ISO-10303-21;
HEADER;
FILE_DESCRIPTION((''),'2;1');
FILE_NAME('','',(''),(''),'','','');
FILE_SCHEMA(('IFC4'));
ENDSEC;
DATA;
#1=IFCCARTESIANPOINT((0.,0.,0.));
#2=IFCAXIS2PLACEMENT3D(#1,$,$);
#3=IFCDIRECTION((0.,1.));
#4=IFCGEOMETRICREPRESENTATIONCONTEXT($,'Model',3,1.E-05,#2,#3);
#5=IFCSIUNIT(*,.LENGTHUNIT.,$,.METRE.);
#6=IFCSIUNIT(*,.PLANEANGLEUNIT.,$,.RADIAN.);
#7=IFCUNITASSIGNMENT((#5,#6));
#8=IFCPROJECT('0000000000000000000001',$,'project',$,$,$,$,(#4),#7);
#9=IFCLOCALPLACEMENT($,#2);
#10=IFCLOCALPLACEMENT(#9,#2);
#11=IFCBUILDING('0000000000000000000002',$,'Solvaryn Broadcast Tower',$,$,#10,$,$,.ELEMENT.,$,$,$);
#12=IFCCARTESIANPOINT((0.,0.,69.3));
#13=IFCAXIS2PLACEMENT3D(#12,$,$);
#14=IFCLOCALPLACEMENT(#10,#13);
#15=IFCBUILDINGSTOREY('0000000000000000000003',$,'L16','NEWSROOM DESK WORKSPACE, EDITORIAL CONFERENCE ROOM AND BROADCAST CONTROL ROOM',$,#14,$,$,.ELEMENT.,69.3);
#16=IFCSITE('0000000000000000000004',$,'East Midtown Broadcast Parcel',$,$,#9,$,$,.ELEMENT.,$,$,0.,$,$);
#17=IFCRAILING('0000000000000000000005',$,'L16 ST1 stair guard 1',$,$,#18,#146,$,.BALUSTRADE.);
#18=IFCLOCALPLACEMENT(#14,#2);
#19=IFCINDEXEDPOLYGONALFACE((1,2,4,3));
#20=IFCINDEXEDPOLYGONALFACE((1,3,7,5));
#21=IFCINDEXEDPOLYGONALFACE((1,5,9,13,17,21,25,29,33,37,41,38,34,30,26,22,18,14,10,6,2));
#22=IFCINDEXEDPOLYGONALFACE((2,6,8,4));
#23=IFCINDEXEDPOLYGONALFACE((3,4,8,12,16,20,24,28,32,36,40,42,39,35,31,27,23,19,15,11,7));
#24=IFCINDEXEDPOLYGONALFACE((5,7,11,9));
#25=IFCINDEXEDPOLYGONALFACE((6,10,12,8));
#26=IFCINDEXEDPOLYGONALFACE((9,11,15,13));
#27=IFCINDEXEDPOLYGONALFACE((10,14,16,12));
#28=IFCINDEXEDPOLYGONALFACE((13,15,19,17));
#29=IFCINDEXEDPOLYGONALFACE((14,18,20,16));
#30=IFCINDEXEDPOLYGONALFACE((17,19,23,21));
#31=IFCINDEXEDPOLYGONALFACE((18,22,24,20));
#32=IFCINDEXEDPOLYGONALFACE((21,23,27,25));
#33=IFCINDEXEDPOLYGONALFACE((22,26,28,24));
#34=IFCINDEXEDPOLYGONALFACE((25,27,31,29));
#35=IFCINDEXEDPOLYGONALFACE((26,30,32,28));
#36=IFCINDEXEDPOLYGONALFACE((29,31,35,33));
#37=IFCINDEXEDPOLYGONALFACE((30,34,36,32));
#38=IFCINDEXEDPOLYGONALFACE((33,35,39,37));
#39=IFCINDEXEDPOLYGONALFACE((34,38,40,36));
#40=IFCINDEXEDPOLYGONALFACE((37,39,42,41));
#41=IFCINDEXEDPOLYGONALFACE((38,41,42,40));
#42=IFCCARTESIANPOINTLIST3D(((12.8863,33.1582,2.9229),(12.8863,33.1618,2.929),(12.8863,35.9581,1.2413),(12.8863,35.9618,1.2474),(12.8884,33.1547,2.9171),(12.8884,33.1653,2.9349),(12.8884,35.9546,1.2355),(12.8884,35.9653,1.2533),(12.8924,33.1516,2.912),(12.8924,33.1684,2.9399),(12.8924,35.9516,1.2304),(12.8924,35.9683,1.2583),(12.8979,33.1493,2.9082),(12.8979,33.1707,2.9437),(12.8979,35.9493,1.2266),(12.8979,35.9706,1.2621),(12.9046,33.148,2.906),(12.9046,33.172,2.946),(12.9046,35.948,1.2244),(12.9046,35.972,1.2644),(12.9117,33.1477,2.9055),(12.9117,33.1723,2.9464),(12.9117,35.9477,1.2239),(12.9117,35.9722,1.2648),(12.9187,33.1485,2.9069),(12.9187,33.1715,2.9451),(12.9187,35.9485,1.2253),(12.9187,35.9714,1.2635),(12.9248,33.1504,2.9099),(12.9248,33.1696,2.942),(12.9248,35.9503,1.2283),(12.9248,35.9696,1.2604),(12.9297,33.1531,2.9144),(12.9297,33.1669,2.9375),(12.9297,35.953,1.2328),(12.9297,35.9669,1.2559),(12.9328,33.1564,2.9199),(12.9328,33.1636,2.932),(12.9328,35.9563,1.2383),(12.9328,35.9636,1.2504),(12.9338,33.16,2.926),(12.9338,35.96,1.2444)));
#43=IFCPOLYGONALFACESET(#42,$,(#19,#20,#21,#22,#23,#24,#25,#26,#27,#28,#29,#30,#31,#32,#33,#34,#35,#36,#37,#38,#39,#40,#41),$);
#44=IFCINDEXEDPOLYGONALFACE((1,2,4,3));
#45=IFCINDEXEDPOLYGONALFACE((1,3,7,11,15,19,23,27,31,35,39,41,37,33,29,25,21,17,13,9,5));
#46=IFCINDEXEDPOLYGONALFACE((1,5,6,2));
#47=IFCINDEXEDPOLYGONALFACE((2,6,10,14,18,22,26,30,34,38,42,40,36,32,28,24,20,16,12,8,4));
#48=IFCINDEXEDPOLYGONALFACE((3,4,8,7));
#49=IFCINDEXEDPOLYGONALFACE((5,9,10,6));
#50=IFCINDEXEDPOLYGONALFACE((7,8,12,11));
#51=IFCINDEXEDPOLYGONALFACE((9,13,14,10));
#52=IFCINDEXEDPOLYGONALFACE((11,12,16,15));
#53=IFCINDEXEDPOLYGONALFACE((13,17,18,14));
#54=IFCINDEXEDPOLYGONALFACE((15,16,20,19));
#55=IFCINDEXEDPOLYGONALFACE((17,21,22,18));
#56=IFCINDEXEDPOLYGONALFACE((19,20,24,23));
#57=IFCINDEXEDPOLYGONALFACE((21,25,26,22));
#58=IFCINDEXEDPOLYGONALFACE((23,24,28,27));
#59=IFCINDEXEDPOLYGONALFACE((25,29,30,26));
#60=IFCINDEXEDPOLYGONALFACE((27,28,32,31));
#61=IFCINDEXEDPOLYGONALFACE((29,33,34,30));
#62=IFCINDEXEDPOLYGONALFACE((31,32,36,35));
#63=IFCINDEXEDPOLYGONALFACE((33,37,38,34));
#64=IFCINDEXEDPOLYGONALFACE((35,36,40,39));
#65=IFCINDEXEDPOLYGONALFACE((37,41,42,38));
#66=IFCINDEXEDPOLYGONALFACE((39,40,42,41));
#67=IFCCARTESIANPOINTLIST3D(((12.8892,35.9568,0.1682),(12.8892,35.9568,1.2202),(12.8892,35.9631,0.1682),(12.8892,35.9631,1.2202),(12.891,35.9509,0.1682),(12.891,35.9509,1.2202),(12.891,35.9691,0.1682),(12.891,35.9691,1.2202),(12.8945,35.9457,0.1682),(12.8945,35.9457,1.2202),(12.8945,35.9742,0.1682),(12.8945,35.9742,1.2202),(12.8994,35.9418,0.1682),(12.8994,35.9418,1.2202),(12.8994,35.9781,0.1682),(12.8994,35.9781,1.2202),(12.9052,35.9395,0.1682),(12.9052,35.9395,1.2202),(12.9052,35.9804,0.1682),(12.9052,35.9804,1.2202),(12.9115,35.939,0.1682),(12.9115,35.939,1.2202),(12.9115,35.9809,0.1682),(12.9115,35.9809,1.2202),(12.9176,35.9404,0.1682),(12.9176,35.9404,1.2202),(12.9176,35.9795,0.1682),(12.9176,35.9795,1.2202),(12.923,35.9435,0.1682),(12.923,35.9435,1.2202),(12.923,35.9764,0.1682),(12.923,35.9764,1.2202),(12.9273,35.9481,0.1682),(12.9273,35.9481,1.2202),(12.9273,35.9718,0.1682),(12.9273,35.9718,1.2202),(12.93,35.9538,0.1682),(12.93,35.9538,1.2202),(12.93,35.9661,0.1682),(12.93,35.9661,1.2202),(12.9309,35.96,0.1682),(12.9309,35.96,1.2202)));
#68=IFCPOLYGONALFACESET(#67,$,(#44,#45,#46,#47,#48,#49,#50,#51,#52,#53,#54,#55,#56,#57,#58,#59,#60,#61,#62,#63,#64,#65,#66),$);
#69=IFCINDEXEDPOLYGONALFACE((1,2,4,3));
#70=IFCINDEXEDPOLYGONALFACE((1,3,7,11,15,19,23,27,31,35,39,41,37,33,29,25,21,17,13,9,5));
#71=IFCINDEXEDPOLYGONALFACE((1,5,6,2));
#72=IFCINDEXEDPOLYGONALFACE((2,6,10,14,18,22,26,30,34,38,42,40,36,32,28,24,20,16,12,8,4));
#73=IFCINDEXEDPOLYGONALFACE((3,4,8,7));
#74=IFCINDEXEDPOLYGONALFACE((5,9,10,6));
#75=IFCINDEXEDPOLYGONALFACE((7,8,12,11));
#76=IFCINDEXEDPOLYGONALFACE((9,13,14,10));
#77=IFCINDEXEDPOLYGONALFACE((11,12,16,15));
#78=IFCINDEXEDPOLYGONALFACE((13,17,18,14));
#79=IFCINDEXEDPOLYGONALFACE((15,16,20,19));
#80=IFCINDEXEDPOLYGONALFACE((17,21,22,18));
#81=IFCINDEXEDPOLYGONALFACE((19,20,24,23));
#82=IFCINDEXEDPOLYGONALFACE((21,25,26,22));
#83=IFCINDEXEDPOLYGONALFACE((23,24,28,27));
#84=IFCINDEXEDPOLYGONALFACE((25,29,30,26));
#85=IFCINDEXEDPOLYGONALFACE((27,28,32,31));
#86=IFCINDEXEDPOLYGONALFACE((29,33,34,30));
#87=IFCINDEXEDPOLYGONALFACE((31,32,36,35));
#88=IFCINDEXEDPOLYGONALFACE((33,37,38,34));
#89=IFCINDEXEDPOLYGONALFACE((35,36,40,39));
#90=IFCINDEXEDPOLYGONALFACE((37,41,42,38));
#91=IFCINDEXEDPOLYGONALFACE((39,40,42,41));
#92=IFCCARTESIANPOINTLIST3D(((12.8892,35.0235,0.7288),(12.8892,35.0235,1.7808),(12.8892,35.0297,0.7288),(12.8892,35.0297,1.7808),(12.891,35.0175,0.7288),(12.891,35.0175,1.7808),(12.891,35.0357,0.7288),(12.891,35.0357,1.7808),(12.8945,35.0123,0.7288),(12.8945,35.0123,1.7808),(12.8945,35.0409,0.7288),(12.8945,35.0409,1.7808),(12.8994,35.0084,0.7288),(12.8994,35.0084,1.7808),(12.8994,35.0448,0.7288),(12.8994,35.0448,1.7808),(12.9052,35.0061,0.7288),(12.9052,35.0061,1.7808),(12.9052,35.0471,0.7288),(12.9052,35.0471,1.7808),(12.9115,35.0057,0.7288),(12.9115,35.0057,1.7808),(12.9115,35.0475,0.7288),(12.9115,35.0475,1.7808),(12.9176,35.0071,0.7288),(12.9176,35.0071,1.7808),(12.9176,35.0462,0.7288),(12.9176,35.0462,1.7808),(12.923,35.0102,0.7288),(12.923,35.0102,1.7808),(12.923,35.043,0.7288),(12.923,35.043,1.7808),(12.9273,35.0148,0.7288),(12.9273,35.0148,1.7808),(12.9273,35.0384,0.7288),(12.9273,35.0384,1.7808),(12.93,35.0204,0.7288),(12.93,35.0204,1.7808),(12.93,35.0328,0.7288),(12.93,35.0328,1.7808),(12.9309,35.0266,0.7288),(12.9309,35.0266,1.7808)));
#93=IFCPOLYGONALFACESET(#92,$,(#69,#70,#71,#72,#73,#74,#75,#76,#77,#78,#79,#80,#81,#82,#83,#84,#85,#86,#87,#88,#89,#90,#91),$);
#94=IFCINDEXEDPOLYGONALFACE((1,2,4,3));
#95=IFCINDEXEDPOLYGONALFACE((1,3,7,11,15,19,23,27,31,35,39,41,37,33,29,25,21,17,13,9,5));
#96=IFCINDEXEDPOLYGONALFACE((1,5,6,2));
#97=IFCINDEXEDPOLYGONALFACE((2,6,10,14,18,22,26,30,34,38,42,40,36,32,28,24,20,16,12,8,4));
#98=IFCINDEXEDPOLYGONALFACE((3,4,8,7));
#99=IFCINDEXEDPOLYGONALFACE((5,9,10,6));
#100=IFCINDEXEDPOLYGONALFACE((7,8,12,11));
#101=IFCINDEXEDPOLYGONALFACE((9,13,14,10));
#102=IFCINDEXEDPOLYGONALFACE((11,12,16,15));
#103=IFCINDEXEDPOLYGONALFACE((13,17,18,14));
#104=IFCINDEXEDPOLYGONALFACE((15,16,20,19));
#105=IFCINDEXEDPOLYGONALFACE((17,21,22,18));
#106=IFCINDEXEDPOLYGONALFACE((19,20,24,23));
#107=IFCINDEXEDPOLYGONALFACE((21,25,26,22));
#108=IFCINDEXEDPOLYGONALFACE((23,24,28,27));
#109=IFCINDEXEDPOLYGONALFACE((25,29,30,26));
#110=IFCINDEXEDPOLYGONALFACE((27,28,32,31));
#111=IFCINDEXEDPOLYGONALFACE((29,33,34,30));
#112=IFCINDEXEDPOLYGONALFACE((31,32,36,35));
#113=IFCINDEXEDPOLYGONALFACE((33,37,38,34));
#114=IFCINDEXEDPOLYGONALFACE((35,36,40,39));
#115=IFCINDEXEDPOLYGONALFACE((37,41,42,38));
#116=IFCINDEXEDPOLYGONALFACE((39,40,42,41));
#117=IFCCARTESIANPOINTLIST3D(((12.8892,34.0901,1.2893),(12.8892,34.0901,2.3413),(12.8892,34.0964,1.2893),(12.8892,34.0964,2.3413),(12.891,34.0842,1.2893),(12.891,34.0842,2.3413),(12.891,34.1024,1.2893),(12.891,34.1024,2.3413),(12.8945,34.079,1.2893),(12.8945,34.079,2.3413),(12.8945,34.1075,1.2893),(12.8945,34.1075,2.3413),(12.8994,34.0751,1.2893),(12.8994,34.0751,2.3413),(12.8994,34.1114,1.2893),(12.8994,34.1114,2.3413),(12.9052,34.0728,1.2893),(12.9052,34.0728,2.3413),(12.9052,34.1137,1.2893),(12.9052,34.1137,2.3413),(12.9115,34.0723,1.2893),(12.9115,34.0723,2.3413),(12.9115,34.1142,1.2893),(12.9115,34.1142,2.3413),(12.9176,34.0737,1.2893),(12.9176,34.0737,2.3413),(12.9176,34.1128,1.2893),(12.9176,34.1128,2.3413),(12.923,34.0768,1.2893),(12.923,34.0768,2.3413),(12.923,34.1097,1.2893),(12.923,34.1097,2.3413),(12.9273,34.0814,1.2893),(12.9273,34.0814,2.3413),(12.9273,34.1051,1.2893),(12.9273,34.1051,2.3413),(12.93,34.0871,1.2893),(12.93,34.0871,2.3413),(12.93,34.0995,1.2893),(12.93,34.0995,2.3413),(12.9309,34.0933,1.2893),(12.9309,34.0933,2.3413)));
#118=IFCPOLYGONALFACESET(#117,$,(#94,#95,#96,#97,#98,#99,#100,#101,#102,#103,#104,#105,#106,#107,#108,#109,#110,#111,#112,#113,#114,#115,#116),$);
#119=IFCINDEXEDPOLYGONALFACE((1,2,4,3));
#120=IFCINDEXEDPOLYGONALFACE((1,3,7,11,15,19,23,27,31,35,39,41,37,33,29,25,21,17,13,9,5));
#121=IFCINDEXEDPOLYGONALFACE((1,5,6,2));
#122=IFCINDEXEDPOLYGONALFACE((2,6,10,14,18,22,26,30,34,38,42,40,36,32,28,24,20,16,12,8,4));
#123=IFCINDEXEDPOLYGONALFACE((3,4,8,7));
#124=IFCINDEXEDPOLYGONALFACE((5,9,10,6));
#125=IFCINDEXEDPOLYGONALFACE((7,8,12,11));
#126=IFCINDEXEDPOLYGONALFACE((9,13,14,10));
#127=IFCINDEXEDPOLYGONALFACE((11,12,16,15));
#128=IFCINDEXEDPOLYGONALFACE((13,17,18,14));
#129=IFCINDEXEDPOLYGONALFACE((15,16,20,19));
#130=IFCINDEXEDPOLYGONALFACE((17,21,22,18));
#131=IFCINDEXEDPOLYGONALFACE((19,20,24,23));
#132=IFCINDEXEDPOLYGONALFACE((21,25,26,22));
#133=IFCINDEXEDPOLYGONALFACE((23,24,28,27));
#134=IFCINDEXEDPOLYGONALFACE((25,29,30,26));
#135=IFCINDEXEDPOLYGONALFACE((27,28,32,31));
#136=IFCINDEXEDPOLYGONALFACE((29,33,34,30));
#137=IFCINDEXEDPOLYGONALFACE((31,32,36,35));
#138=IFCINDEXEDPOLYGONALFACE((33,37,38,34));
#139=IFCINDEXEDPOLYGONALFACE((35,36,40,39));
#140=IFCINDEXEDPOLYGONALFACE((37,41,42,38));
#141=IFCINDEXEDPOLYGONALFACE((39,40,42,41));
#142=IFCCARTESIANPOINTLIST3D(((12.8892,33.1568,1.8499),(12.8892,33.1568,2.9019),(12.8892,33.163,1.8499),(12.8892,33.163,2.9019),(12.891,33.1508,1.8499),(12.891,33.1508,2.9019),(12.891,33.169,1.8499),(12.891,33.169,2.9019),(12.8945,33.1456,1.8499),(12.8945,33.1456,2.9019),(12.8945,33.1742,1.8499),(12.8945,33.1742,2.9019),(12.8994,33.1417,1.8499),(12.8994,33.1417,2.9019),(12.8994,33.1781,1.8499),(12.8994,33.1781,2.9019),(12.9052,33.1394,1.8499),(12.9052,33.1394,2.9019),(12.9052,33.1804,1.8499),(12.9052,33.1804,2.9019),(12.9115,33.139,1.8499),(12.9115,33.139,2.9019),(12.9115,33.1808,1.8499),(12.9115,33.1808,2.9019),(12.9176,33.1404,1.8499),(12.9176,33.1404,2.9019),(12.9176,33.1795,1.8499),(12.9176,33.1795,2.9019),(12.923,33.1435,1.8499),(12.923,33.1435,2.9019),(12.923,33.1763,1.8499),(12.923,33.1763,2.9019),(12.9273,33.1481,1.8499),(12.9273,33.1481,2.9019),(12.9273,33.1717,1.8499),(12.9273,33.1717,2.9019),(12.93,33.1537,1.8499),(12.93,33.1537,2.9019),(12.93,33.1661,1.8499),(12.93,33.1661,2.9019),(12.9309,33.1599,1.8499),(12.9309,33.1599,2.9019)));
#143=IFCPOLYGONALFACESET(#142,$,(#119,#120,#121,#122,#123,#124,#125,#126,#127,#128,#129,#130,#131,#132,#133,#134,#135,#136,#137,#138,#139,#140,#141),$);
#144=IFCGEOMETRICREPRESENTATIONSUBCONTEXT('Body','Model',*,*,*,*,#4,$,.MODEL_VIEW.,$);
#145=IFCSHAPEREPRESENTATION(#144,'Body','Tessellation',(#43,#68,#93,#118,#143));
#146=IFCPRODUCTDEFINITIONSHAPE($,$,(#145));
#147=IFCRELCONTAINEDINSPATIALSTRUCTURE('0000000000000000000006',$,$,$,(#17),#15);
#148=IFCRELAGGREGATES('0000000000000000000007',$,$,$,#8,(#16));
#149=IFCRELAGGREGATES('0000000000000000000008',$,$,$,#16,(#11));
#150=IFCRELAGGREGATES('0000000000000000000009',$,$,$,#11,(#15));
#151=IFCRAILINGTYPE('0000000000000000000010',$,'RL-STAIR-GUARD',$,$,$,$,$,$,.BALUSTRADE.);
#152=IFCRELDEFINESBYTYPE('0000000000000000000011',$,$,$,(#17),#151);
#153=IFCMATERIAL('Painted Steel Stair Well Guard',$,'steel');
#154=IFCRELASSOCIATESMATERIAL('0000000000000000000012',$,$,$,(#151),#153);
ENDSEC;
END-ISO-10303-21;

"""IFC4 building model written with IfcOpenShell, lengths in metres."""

from ifc_helpers import new_model, si_unit, direction, frame, origin, origin_2d, place, context, subcontext, project, spatial, circle, extrude, material, type_object, element, save


model = new_model("IFC4")

# Units and contexts
model_context = context("Model", 3, precision=1e-05, world=origin(), true_north=direction((0.0, 1.0)))
body_context = subcontext(model_context, "Body", "Model", "MODEL_VIEW")
ifc_project = project(units=[si_unit("LENGTHUNIT", "METRE"), si_unit("PLANEANGLEUNIT", "RADIAN")], contexts=[model_context])

# Site, building, storey
site_placement = place(None, origin())
site = spatial("IfcSite", under=ifc_project, at=site_placement, Name="East Midtown Broadcast Parcel", CompositionType="ELEMENT", RefElevation=0.0)
building_placement = place(site_placement, origin())
building = spatial("IfcBuilding", under=site, at=building_placement, Name="Solvaryn Broadcast Tower", CompositionType="ELEMENT")
storey_placement = place(building_placement, frame((0.0, 0.0, 69.3)))
storey = spatial("IfcBuildingStorey", under=building, at=storey_placement, Name="L16", Description="NEWSROOM DESK WORKSPACE, EDITORIAL CONFERENCE ROOM AND BROADCAST CONTROL ROOM", CompositionType="ELEMENT", Elevation=69.3)

# Railing
ifc_material_1 = material(Name="Painted Steel Stair Well Guard", Category="steel")
railing_type_1 = type_object("IfcRailingType", Name="RL-STAIR-GUARD", PredefinedType="BALUSTRADE", material=ifc_material_1)
railing_1_placement = place(storey_placement, frame((12.9099, 35.96, 0.1682)))
element("IfcRailing", 1, at=railing_1_placement, inside=storey, type_object=railing_type_1, Name="L16 ST1 stair guard 1", PredefinedType="BALUSTRADE", context=body_context, shape_type="SweptSolid", body=[
    extrude(circle(Radius=0.0239, at=origin_2d()), frame((0.0, 0.0, 1.0762), z_axis=(0.0, -0.857275, 0.514858), x_axis=(1.0, 0.0, 0.0)), (0.0, 0.0, 1.0), 3.2661),
    extrude(circle(Radius=0.021, at=origin_2d()), origin(), (0.0, 0.0, 1.0), 1.052),
    extrude(circle(Radius=0.021, at=origin_2d()), frame((0.0, -0.9333, 0.5605)), (0.0, 0.0, 1.0), 1.052),
    extrude(circle(Radius=0.021, at=origin_2d()), frame((0.0, -1.8667, 1.1211)), (0.0, 0.0, 1.0), 1.052),
    extrude(circle(Radius=0.021, at=origin_2d()), frame((0.0, -2.8, 1.6816)), (0.0, 0.0, 1.0), 1.052),
])

save(model, "model.ifc")
